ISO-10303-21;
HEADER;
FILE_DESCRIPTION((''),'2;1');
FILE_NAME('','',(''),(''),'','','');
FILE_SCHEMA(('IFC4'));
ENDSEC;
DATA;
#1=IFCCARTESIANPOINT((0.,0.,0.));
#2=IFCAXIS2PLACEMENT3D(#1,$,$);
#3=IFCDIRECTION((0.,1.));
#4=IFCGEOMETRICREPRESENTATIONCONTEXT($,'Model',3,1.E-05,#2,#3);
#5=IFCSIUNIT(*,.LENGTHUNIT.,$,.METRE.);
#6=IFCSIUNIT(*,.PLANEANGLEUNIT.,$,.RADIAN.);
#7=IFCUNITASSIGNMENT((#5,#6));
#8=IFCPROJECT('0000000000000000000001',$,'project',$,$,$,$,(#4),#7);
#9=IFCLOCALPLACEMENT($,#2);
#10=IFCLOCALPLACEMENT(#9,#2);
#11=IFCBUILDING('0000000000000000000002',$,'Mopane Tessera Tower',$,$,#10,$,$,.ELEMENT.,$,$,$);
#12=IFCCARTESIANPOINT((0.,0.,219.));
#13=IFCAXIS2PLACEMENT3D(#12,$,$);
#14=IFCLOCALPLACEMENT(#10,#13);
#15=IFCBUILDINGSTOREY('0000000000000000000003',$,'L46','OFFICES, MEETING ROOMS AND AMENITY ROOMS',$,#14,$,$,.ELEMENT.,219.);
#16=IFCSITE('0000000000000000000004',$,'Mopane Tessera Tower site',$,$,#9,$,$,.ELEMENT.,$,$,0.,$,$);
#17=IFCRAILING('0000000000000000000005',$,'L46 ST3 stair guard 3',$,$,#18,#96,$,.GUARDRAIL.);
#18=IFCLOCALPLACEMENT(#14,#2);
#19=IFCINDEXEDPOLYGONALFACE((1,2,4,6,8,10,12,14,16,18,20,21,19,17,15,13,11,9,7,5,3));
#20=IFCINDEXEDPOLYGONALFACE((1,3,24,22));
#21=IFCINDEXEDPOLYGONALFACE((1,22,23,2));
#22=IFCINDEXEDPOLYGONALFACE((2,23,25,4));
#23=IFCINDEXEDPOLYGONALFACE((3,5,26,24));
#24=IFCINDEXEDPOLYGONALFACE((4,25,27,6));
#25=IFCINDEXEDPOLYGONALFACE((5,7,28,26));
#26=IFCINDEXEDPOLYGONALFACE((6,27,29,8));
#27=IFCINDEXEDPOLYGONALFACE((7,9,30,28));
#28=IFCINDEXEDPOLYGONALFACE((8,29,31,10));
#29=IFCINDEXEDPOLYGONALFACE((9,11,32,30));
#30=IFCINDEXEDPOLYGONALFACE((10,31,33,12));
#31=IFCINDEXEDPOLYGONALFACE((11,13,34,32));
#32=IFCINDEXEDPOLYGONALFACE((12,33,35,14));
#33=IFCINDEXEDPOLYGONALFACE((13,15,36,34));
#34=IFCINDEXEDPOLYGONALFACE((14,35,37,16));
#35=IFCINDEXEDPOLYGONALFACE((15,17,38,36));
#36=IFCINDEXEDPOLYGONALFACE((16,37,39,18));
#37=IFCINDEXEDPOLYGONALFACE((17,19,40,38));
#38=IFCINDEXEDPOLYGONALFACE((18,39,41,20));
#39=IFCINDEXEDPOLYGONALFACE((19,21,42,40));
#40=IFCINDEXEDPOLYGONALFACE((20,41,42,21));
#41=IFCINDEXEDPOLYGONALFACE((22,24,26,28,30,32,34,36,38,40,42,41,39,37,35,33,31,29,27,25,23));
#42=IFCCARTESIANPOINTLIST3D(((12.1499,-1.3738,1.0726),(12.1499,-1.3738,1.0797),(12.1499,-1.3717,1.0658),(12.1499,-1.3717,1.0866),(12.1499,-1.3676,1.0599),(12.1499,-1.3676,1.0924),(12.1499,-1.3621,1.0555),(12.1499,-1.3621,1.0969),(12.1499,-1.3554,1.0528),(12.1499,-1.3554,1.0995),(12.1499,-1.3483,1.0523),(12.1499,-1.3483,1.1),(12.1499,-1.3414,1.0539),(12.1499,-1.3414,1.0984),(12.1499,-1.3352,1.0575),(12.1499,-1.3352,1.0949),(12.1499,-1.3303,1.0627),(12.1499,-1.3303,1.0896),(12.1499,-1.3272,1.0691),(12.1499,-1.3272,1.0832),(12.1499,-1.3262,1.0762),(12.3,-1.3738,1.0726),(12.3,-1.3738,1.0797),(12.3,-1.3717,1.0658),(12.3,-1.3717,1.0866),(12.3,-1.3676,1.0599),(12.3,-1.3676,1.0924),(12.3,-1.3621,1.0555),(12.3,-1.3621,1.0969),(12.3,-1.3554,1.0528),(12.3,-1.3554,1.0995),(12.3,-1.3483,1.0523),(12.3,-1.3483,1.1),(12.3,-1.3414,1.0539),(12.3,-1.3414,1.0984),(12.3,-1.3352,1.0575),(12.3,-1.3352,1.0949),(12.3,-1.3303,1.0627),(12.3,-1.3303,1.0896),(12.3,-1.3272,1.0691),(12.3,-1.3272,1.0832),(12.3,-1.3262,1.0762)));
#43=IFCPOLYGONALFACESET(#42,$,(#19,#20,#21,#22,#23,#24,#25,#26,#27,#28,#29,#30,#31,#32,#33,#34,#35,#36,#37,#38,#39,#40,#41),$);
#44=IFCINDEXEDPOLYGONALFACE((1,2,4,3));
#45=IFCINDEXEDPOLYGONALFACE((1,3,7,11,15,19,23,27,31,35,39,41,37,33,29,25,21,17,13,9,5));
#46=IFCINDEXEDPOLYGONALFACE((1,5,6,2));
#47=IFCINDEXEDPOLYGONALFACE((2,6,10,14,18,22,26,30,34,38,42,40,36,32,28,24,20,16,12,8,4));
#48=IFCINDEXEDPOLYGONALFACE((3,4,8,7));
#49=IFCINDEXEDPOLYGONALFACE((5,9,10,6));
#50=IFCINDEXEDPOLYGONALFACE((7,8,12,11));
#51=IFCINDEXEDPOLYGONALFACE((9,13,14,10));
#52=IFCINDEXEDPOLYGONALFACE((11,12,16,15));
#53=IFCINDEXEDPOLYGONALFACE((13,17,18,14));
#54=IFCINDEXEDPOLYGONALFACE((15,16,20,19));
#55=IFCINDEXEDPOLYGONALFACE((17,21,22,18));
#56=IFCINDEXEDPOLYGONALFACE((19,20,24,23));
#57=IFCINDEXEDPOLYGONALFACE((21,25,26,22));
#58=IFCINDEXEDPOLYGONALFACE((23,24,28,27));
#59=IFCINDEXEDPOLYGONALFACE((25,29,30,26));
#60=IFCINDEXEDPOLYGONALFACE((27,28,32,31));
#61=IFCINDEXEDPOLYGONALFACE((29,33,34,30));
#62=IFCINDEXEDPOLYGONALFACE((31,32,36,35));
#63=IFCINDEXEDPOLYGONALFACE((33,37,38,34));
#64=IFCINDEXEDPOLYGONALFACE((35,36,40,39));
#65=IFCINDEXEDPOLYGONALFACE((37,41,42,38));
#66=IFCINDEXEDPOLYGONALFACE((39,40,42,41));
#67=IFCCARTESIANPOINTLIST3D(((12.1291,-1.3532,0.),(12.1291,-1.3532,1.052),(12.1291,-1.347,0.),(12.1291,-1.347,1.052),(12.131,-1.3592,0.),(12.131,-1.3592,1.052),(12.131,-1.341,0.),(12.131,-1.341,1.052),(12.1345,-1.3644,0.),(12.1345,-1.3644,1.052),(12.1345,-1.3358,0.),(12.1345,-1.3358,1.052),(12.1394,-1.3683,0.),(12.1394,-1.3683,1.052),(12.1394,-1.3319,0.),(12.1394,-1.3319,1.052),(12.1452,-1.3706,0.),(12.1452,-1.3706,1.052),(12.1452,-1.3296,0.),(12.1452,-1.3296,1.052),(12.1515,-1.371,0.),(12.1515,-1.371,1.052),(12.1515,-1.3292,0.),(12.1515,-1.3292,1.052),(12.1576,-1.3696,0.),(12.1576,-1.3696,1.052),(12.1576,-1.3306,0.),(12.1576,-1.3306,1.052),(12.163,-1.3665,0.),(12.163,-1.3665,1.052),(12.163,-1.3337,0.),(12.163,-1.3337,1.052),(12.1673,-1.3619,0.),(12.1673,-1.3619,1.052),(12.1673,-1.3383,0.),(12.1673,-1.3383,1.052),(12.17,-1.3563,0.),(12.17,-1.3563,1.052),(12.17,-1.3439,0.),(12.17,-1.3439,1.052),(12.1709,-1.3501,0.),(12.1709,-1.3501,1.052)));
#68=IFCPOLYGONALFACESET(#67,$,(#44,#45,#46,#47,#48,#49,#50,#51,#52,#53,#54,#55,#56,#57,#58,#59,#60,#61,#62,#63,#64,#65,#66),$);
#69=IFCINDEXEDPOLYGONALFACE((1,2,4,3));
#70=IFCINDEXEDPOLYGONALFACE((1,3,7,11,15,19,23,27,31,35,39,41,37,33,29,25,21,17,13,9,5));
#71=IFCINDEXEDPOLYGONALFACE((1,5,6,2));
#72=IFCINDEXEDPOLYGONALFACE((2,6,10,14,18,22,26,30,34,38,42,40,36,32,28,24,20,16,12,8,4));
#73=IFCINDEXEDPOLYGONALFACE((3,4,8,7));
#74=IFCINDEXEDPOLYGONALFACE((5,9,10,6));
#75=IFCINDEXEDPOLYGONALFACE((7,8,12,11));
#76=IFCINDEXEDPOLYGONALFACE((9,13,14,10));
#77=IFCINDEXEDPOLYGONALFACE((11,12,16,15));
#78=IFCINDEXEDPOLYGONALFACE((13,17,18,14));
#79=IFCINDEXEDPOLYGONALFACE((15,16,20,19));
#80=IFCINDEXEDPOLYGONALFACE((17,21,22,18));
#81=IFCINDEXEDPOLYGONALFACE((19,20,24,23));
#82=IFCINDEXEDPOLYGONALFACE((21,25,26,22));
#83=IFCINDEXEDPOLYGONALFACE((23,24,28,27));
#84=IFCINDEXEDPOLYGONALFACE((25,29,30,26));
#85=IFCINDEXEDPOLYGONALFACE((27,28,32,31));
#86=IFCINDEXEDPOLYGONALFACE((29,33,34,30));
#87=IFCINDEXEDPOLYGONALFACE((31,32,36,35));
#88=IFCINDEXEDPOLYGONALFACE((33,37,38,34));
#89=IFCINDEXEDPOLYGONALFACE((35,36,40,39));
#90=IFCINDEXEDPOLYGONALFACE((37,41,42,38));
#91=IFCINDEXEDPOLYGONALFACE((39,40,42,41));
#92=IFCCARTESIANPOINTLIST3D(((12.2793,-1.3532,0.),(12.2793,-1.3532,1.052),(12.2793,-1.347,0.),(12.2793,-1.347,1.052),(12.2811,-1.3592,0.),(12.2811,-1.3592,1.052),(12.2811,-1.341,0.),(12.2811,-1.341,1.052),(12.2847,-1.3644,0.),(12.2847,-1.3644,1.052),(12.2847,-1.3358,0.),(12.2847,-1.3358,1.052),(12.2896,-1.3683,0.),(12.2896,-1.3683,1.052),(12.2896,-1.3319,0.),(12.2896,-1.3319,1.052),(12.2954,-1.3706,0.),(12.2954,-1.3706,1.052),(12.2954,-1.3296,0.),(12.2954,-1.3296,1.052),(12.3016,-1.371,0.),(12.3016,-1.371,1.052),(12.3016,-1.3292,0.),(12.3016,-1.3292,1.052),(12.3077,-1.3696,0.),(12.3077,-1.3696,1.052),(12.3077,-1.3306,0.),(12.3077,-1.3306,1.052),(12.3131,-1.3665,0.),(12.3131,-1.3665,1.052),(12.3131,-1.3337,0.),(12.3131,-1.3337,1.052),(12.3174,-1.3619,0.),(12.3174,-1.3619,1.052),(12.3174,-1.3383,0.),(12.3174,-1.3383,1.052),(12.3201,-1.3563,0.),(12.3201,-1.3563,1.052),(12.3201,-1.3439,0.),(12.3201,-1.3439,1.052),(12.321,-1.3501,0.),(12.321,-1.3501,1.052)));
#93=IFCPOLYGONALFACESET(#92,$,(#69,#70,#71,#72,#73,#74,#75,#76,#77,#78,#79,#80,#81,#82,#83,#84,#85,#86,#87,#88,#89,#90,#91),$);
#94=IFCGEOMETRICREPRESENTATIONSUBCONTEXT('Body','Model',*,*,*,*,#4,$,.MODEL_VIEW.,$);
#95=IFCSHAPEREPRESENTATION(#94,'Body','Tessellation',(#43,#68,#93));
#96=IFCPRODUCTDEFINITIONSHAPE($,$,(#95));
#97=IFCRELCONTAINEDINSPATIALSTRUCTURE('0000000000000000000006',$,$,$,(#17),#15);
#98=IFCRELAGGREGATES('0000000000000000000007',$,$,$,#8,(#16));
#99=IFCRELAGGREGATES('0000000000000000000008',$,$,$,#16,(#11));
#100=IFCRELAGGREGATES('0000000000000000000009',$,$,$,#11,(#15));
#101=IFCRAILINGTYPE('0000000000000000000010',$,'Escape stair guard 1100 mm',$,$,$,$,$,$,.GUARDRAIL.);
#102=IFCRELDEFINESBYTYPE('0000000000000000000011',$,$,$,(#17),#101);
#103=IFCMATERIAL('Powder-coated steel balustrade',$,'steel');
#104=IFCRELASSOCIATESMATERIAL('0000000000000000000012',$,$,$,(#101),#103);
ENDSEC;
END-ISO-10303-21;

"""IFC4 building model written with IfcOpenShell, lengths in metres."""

from ifc_helpers import new_model, si_unit, direction, frame, origin, origin_2d, place, context, subcontext, project, spatial, circle, extrude, material, type_object, element, save


model = new_model("IFC4")

# Units and contexts
model_context = context("Model", 3, precision=1e-05, world=origin(), true_north=direction((0.0, 1.0)))
body_context = subcontext(model_context, "Body", "Model", "MODEL_VIEW")
ifc_project = project(units=[si_unit("LENGTHUNIT", "METRE"), si_unit("PLANEANGLEUNIT", "RADIAN")], contexts=[model_context])

# Site, building, storey
site_placement = place(None, origin())
site = spatial("IfcSite", under=ifc_project, at=site_placement, Name="Mopane Tessera Tower site", CompositionType="ELEMENT", RefElevation=0.0)
building_placement = place(site_placement, origin())
building = spatial("IfcBuilding", under=site, at=building_placement, Name="Mopane Tessera Tower", CompositionType="ELEMENT")
storey_placement = place(building_placement, frame((0.0, 0.0, 219.0)))
storey = spatial("IfcBuildingStorey", under=building, at=storey_placement, Name="L46", Description="OFFICES, MEETING ROOMS AND AMENITY ROOMS", CompositionType="ELEMENT", Elevation=219.0)

# Railing
ifc_material_1 = material(Name="Powder-coated steel balustrade", Category="steel")
railing_type_1 = type_object("IfcRailingType", Name="Escape stair guard 1100 mm", PredefinedType="GUARDRAIL", material=ifc_material_1)
railing_1_placement = place(storey_placement, frame((12.1499, -1.3501, 0.0)))
element("IfcRailing", 1, at=railing_1_placement, inside=storey, type_object=railing_type_1, Name="L46 ST3 stair guard 3", PredefinedType="GUARDRAIL", context=body_context, shape_type="SweptSolid", body=[
    extrude(circle(Radius=0.0239, at=origin_2d()), frame((0.0, 0.0, 1.0762), z_axis=(1.0, 0.0, 0.0), x_axis=(0.0, 1.0, 0.0)), (0.0, 0.0, 1.0), 0.1501),
    extrude(circle(Radius=0.021, at=origin_2d()), origin(), (0.0, 0.0, 1.0), 1.052),
    extrude(circle(Radius=0.021, at=origin_2d()), frame((0.1501, 0.0, 0.0)), (0.0, 0.0, 1.0), 1.052),
])

save(model, "model.ifc")
